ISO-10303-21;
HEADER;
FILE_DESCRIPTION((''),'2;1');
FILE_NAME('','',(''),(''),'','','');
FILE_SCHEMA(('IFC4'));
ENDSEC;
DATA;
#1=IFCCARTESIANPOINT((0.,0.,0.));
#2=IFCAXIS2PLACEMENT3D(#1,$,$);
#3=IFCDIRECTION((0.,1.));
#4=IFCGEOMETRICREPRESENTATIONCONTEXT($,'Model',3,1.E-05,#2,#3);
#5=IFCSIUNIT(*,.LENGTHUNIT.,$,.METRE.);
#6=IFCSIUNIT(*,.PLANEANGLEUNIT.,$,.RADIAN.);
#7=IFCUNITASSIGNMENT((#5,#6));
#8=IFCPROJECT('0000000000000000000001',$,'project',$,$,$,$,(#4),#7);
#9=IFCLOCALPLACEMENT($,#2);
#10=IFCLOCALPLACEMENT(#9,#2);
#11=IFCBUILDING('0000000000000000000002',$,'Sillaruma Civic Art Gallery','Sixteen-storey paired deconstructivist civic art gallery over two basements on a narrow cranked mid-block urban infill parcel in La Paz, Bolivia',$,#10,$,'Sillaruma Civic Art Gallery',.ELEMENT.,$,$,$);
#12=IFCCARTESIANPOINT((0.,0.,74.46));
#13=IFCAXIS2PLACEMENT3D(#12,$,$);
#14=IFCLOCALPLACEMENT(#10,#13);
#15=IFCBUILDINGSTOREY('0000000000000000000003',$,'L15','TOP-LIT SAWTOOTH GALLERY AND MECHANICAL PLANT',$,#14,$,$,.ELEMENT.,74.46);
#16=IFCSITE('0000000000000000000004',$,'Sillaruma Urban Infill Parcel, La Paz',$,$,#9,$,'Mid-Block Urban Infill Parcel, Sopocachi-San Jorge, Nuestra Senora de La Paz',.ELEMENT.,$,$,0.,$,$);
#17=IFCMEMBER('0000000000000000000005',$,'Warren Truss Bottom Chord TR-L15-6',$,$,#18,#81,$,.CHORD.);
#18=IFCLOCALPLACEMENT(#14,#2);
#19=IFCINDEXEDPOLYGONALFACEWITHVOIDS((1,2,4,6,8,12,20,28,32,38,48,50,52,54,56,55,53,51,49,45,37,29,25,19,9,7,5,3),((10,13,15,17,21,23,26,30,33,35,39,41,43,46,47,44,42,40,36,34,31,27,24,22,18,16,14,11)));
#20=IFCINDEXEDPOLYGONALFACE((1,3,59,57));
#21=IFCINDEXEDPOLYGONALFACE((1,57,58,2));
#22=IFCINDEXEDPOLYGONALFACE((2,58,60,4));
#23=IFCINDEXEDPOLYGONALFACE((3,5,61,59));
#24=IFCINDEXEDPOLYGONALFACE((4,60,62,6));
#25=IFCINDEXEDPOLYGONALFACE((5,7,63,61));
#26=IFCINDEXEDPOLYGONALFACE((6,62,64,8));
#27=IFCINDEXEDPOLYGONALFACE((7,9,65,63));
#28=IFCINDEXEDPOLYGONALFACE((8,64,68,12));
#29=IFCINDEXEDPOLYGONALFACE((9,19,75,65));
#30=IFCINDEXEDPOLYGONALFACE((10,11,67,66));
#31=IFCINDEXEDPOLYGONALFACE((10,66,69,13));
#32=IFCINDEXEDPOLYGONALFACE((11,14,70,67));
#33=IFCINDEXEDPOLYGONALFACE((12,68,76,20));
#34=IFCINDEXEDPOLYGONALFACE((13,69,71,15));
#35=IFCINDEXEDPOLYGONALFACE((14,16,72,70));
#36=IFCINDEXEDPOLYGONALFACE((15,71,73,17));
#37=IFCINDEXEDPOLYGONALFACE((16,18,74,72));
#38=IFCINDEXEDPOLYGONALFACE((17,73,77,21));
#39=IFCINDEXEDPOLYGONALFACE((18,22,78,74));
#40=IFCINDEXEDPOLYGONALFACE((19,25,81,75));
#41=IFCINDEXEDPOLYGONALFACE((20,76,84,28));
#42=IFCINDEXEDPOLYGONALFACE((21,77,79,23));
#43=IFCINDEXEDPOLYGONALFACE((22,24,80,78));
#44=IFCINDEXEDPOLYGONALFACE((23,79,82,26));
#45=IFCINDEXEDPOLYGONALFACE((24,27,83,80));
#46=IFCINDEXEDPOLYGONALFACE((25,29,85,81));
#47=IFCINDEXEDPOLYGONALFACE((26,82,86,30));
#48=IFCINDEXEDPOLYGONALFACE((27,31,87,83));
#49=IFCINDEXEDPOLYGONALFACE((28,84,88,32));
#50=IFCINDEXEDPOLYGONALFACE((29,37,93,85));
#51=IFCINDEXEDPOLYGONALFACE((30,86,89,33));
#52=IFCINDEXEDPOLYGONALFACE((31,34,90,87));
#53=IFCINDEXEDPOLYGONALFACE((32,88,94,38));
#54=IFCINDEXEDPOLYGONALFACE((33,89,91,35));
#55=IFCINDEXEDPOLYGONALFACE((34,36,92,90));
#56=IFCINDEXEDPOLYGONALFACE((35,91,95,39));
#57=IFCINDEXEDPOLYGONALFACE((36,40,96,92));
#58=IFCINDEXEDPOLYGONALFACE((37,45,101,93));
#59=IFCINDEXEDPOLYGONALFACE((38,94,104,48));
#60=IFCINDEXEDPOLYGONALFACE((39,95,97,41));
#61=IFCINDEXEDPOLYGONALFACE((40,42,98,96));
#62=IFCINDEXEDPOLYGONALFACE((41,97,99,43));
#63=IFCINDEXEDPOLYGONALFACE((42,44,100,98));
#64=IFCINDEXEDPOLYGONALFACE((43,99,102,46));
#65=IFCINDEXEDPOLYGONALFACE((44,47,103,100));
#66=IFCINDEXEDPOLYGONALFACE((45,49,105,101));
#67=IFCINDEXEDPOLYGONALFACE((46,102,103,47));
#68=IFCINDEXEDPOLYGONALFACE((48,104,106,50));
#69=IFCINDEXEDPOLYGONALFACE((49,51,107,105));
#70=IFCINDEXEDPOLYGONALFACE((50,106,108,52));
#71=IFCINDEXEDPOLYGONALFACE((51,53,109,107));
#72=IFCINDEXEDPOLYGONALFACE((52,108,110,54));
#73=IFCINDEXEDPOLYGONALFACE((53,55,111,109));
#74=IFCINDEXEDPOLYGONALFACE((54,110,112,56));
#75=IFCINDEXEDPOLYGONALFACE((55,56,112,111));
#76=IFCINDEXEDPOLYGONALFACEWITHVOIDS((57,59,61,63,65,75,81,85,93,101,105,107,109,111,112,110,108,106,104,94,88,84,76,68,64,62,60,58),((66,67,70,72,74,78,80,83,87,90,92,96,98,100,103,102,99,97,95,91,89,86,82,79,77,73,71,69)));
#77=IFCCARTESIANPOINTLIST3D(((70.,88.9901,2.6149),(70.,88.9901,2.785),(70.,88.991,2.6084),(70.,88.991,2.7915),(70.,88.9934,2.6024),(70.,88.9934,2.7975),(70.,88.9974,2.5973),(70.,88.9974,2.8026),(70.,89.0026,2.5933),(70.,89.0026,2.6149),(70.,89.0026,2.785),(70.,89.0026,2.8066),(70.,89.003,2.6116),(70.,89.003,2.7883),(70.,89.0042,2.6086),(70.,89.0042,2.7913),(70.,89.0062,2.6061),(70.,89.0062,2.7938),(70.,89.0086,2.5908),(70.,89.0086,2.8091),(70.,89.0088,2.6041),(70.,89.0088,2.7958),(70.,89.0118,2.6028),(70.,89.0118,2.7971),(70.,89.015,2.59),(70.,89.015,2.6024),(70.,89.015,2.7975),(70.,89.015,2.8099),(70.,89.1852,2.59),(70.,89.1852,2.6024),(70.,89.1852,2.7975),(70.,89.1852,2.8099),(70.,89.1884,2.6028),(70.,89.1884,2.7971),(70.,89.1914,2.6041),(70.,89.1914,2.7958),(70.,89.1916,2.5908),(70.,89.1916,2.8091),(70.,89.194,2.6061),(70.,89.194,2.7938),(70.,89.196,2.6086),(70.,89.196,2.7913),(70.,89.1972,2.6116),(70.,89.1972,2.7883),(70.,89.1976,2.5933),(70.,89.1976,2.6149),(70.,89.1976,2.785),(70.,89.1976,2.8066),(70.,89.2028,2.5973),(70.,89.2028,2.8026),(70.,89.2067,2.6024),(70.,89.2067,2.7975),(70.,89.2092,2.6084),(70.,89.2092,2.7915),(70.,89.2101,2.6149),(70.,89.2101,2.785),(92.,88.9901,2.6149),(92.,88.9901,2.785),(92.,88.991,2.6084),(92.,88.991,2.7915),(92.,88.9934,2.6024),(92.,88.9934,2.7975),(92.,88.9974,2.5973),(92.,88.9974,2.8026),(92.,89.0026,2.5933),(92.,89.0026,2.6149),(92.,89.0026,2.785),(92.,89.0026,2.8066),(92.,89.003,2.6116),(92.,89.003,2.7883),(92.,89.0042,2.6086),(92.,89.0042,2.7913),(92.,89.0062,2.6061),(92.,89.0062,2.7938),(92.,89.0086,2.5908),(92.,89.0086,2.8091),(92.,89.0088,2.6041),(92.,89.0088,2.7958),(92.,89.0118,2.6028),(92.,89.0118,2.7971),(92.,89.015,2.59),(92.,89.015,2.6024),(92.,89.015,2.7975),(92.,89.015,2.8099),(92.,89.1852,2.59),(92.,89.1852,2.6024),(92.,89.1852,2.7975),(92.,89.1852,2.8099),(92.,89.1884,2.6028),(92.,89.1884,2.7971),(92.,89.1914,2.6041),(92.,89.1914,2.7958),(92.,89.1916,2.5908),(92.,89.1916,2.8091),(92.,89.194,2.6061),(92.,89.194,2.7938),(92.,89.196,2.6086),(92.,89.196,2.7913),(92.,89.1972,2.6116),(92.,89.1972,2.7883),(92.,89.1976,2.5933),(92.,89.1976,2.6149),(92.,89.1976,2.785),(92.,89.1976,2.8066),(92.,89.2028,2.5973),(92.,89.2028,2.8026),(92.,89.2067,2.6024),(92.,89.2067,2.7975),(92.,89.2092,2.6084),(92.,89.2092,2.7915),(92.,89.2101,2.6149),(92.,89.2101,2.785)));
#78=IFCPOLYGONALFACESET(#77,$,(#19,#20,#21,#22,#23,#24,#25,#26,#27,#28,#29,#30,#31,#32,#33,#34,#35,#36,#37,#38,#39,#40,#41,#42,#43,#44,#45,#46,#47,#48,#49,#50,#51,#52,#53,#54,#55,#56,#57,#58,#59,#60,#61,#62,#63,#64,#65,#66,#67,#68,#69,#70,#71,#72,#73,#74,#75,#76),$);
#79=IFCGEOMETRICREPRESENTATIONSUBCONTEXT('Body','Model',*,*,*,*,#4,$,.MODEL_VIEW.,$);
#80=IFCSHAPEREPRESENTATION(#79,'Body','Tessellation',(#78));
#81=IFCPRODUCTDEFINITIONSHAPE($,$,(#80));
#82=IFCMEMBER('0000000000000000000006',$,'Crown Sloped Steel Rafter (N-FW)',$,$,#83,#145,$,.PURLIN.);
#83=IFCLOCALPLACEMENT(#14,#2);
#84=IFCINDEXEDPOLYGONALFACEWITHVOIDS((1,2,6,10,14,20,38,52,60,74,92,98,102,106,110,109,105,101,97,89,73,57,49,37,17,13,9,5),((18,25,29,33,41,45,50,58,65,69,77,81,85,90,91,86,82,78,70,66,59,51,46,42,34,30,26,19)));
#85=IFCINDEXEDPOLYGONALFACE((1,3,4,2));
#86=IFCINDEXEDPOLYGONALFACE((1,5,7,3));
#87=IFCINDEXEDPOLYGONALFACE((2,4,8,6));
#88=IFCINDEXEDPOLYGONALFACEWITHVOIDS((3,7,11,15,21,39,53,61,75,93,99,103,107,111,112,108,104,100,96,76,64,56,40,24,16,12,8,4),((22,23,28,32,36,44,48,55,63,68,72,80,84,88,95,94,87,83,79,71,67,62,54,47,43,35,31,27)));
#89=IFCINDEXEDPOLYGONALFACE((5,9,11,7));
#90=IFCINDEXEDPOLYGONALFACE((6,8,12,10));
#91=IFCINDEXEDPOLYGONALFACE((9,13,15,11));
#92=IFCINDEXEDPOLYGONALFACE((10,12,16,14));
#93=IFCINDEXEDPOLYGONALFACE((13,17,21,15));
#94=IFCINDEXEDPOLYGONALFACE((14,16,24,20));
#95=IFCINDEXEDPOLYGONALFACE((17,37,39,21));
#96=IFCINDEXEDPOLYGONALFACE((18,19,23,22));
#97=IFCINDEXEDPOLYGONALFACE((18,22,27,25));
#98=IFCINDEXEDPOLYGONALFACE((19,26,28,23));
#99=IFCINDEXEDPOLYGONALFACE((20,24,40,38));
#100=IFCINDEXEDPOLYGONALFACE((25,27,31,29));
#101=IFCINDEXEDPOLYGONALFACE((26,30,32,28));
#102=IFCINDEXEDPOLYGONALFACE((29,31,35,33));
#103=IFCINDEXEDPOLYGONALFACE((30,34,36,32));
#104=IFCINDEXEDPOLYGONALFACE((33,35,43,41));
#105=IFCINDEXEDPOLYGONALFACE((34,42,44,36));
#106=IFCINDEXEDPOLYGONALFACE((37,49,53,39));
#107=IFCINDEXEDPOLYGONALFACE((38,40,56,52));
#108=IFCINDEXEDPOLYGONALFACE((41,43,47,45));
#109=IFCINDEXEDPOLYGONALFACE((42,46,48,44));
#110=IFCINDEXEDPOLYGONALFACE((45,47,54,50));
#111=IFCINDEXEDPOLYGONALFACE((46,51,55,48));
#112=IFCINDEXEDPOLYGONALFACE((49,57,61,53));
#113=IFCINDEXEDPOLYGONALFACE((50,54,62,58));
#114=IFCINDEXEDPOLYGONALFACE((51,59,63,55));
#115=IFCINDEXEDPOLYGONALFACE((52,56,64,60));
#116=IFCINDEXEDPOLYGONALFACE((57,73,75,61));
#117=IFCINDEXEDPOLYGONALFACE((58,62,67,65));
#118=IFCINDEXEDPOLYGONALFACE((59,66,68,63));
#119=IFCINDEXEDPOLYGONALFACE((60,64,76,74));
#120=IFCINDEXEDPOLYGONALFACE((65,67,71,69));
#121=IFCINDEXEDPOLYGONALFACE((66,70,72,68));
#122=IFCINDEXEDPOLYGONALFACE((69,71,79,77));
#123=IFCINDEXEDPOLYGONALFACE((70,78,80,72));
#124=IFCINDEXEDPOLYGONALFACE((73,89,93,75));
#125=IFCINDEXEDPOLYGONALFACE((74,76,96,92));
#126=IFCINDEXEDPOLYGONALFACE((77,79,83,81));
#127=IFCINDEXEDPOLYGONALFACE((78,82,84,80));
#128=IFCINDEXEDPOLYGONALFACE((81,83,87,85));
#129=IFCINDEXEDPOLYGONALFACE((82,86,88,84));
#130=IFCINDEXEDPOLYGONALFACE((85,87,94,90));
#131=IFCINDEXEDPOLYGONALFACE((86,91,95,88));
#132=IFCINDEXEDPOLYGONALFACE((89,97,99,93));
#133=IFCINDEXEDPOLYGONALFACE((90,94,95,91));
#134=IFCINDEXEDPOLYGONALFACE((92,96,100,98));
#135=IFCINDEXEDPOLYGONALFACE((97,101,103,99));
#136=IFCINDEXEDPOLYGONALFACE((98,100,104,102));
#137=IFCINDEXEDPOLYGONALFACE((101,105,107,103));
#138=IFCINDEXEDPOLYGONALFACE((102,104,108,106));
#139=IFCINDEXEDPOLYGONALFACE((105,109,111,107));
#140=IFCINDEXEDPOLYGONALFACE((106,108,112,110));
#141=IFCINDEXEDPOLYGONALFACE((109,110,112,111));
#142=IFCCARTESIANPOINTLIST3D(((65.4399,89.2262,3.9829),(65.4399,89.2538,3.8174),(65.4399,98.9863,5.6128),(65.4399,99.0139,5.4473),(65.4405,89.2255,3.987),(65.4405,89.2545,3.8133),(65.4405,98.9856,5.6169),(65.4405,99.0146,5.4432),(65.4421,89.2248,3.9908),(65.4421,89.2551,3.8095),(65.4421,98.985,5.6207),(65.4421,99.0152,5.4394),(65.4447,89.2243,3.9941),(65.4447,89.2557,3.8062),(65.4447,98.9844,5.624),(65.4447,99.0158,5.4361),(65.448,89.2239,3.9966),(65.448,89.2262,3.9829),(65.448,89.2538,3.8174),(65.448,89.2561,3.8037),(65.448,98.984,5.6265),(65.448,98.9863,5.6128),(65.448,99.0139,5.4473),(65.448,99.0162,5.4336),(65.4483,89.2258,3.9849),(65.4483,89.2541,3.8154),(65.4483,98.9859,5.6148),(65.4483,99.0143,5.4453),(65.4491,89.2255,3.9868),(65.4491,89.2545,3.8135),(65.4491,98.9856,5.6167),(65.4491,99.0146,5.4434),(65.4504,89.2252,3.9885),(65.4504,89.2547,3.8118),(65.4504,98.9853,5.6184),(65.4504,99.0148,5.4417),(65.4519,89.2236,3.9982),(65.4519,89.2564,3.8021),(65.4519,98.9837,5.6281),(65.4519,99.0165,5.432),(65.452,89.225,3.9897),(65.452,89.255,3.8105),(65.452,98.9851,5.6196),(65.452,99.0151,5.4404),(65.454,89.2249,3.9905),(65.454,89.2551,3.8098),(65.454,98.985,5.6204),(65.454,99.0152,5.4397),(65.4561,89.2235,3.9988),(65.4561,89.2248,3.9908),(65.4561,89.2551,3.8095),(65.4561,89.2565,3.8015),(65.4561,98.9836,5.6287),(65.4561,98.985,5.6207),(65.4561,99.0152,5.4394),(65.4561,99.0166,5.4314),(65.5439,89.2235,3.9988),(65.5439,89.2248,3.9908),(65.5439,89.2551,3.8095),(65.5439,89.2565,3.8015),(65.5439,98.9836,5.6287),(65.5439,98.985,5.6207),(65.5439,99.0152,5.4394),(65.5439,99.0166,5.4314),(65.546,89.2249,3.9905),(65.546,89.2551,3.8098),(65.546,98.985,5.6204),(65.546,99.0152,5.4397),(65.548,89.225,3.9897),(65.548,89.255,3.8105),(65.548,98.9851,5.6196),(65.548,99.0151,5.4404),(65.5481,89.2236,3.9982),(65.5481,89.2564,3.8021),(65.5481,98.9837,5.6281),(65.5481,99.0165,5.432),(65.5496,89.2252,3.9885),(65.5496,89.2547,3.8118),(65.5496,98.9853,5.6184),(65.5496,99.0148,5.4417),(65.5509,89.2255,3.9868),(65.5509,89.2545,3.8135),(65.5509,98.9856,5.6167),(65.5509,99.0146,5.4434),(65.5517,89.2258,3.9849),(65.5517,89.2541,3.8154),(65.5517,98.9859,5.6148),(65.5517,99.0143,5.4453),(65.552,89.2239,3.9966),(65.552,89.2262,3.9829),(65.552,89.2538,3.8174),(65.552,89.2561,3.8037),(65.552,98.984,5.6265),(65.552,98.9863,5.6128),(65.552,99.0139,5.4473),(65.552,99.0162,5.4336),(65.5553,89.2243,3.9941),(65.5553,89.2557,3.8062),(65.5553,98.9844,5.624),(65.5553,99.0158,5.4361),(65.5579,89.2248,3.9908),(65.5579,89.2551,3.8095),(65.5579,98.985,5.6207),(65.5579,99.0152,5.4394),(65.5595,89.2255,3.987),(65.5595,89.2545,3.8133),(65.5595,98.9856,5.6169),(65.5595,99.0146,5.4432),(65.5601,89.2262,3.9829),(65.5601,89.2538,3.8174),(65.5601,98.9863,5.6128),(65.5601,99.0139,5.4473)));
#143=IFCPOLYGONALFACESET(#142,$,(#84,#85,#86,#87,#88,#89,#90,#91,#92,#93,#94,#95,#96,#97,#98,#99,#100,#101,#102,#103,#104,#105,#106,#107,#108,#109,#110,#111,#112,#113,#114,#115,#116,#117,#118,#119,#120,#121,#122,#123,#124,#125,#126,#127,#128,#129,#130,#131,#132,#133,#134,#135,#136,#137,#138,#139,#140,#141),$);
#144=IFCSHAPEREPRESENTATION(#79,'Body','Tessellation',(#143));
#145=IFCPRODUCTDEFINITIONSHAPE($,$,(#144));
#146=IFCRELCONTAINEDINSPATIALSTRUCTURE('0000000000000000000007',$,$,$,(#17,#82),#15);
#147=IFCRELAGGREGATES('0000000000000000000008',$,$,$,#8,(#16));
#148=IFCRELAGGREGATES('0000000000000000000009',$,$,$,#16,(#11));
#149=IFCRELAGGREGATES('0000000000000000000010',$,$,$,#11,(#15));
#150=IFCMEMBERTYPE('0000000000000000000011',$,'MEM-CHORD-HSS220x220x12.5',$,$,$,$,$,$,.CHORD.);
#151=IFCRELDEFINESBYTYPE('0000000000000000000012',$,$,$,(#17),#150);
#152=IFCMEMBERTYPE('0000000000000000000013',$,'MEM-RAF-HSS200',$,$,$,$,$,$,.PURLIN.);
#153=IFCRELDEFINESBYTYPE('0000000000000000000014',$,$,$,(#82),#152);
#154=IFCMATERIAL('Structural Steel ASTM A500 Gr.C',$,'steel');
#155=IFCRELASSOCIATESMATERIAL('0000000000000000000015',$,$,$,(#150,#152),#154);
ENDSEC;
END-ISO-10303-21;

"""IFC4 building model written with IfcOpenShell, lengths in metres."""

from ifc_helpers import new_model, si_unit, direction, frame, origin, origin_2d, place, context, subcontext, project, spatial, hollow_rectangle, extrude, material, material_profile, profile_set, type_object, element, save


model = new_model("IFC4")

# Units and contexts
model_context = context("Model", 3, precision=1e-05, world=origin(), true_north=direction((0.0, 1.0)))
body_context = subcontext(model_context, "Body", "Model", "MODEL_VIEW")
ifc_project = project(units=[si_unit("LENGTHUNIT", "METRE"), si_unit("PLANEANGLEUNIT", "RADIAN")], contexts=[model_context])

# Site, building, storey
site_placement = place(None, origin())
site = spatial("IfcSite", under=ifc_project, at=site_placement, Name="Sillaruma Urban Infill Parcel, La Paz", LongName="Mid-Block Urban Infill Parcel, Sopocachi-San Jorge, Nuestra Senora de La Paz", CompositionType="ELEMENT", RefElevation=0.0)
building_placement = place(site_placement, origin())
building = spatial("IfcBuilding", under=site, at=building_placement, Name="Sillaruma Civic Art Gallery", Description="Sixteen-storey paired deconstructivist civic art gallery over two basements on a narrow cranked mid-block urban infill parcel in La Paz, Bolivia", LongName="Sillaruma Civic Art Gallery", CompositionType="ELEMENT")
storey_placement = place(building_placement, frame((0.0, 0.0, 74.46)))
storey = spatial("IfcBuildingStorey", under=building, at=storey_placement, Name="L15", Description="TOP-LIT SAWTOOTH GALLERY AND MECHANICAL PLANT", CompositionType="ELEMENT", Elevation=74.46)

# Members
ifc_material_1 = material(Name="Structural Steel ASTM A500 Gr.C", Category="steel")
ifc_material_profile_1 = material_profile(ifc_material_1, hollow_rectangle(XDim=0.22, YDim=0.22, WallThickness=0.0125, InnerFilletRadius=0.0125, OuterFilletRadius=0.0249, at=origin_2d()), Name="HSS220x220x12.5")
ifc_profile_set_1 = profile_set([ifc_material_profile_1], Name="Structural Steel ASTM A500 Gr.C")
member_type_1 = type_object("IfcMemberType", Name="MEM-CHORD-HSS220x220x12.5", PredefinedType="CHORD", material=ifc_profile_set_1)
member_1_placement = place(storey_placement, frame((70.0, 89.1001, 2.7), z_axis=(1.0, 0.0, 0.0), x_axis=(0.0, 1.0, 0.0)))
element("IfcMember", 1, at=member_1_placement, inside=storey, type_object=member_type_1, Name="Warren Truss Bottom Chord TR-L15-6", PredefinedType="CHORD", context=body_context, shape_type="SweptSolid", body=[
    extrude(hollow_rectangle(XDim=0.22, YDim=0.22, WallThickness=0.0125, InnerFilletRadius=0.0125, OuterFilletRadius=0.0249, at=origin_2d()), origin(), (0.0, 0.0, 1.0), 22.0),
])
ifc_material_profile_2 = material_profile(ifc_material_1, hollow_rectangle(XDim=0.1201, YDim=0.2, WallThickness=0.0081, InnerFilletRadius=0.0081, OuterFilletRadius=0.0161, at=origin_2d()), Name="HSS200x120x8")
ifc_profile_set_2 = profile_set([ifc_material_profile_2], Name="Structural Steel ASTM A500 Gr.C")
member_type_2 = type_object("IfcMemberType", Name="MEM-RAF-HSS200", PredefinedType="PURLIN", material=ifc_profile_set_2)
for number, where, z_axis, x_axis, name in (
    (2, (65.5, 89.24, 3.9001), (0.0, 0.986341, 0.164715), (-1.0, 0.0, 0.0), "Crown Sloped Steel Rafter (N-FW)"),
):
    element("IfcMember", number, at=place(storey_placement, frame(where, z_axis=z_axis, x_axis=x_axis)), inside=storey, type_object=member_type_2, Name=name, PredefinedType="PURLIN", context=body_context, shape_type="SweptSolid", body=[
        extrude(hollow_rectangle(XDim=0.1201, YDim=0.2, WallThickness=0.0081, InnerFilletRadius=0.0081, OuterFilletRadius=0.0161, at=origin_2d()), origin(), (0.0, 0.0, 1.0), 9.8953),
    ])

save(model, "model.ifc")
